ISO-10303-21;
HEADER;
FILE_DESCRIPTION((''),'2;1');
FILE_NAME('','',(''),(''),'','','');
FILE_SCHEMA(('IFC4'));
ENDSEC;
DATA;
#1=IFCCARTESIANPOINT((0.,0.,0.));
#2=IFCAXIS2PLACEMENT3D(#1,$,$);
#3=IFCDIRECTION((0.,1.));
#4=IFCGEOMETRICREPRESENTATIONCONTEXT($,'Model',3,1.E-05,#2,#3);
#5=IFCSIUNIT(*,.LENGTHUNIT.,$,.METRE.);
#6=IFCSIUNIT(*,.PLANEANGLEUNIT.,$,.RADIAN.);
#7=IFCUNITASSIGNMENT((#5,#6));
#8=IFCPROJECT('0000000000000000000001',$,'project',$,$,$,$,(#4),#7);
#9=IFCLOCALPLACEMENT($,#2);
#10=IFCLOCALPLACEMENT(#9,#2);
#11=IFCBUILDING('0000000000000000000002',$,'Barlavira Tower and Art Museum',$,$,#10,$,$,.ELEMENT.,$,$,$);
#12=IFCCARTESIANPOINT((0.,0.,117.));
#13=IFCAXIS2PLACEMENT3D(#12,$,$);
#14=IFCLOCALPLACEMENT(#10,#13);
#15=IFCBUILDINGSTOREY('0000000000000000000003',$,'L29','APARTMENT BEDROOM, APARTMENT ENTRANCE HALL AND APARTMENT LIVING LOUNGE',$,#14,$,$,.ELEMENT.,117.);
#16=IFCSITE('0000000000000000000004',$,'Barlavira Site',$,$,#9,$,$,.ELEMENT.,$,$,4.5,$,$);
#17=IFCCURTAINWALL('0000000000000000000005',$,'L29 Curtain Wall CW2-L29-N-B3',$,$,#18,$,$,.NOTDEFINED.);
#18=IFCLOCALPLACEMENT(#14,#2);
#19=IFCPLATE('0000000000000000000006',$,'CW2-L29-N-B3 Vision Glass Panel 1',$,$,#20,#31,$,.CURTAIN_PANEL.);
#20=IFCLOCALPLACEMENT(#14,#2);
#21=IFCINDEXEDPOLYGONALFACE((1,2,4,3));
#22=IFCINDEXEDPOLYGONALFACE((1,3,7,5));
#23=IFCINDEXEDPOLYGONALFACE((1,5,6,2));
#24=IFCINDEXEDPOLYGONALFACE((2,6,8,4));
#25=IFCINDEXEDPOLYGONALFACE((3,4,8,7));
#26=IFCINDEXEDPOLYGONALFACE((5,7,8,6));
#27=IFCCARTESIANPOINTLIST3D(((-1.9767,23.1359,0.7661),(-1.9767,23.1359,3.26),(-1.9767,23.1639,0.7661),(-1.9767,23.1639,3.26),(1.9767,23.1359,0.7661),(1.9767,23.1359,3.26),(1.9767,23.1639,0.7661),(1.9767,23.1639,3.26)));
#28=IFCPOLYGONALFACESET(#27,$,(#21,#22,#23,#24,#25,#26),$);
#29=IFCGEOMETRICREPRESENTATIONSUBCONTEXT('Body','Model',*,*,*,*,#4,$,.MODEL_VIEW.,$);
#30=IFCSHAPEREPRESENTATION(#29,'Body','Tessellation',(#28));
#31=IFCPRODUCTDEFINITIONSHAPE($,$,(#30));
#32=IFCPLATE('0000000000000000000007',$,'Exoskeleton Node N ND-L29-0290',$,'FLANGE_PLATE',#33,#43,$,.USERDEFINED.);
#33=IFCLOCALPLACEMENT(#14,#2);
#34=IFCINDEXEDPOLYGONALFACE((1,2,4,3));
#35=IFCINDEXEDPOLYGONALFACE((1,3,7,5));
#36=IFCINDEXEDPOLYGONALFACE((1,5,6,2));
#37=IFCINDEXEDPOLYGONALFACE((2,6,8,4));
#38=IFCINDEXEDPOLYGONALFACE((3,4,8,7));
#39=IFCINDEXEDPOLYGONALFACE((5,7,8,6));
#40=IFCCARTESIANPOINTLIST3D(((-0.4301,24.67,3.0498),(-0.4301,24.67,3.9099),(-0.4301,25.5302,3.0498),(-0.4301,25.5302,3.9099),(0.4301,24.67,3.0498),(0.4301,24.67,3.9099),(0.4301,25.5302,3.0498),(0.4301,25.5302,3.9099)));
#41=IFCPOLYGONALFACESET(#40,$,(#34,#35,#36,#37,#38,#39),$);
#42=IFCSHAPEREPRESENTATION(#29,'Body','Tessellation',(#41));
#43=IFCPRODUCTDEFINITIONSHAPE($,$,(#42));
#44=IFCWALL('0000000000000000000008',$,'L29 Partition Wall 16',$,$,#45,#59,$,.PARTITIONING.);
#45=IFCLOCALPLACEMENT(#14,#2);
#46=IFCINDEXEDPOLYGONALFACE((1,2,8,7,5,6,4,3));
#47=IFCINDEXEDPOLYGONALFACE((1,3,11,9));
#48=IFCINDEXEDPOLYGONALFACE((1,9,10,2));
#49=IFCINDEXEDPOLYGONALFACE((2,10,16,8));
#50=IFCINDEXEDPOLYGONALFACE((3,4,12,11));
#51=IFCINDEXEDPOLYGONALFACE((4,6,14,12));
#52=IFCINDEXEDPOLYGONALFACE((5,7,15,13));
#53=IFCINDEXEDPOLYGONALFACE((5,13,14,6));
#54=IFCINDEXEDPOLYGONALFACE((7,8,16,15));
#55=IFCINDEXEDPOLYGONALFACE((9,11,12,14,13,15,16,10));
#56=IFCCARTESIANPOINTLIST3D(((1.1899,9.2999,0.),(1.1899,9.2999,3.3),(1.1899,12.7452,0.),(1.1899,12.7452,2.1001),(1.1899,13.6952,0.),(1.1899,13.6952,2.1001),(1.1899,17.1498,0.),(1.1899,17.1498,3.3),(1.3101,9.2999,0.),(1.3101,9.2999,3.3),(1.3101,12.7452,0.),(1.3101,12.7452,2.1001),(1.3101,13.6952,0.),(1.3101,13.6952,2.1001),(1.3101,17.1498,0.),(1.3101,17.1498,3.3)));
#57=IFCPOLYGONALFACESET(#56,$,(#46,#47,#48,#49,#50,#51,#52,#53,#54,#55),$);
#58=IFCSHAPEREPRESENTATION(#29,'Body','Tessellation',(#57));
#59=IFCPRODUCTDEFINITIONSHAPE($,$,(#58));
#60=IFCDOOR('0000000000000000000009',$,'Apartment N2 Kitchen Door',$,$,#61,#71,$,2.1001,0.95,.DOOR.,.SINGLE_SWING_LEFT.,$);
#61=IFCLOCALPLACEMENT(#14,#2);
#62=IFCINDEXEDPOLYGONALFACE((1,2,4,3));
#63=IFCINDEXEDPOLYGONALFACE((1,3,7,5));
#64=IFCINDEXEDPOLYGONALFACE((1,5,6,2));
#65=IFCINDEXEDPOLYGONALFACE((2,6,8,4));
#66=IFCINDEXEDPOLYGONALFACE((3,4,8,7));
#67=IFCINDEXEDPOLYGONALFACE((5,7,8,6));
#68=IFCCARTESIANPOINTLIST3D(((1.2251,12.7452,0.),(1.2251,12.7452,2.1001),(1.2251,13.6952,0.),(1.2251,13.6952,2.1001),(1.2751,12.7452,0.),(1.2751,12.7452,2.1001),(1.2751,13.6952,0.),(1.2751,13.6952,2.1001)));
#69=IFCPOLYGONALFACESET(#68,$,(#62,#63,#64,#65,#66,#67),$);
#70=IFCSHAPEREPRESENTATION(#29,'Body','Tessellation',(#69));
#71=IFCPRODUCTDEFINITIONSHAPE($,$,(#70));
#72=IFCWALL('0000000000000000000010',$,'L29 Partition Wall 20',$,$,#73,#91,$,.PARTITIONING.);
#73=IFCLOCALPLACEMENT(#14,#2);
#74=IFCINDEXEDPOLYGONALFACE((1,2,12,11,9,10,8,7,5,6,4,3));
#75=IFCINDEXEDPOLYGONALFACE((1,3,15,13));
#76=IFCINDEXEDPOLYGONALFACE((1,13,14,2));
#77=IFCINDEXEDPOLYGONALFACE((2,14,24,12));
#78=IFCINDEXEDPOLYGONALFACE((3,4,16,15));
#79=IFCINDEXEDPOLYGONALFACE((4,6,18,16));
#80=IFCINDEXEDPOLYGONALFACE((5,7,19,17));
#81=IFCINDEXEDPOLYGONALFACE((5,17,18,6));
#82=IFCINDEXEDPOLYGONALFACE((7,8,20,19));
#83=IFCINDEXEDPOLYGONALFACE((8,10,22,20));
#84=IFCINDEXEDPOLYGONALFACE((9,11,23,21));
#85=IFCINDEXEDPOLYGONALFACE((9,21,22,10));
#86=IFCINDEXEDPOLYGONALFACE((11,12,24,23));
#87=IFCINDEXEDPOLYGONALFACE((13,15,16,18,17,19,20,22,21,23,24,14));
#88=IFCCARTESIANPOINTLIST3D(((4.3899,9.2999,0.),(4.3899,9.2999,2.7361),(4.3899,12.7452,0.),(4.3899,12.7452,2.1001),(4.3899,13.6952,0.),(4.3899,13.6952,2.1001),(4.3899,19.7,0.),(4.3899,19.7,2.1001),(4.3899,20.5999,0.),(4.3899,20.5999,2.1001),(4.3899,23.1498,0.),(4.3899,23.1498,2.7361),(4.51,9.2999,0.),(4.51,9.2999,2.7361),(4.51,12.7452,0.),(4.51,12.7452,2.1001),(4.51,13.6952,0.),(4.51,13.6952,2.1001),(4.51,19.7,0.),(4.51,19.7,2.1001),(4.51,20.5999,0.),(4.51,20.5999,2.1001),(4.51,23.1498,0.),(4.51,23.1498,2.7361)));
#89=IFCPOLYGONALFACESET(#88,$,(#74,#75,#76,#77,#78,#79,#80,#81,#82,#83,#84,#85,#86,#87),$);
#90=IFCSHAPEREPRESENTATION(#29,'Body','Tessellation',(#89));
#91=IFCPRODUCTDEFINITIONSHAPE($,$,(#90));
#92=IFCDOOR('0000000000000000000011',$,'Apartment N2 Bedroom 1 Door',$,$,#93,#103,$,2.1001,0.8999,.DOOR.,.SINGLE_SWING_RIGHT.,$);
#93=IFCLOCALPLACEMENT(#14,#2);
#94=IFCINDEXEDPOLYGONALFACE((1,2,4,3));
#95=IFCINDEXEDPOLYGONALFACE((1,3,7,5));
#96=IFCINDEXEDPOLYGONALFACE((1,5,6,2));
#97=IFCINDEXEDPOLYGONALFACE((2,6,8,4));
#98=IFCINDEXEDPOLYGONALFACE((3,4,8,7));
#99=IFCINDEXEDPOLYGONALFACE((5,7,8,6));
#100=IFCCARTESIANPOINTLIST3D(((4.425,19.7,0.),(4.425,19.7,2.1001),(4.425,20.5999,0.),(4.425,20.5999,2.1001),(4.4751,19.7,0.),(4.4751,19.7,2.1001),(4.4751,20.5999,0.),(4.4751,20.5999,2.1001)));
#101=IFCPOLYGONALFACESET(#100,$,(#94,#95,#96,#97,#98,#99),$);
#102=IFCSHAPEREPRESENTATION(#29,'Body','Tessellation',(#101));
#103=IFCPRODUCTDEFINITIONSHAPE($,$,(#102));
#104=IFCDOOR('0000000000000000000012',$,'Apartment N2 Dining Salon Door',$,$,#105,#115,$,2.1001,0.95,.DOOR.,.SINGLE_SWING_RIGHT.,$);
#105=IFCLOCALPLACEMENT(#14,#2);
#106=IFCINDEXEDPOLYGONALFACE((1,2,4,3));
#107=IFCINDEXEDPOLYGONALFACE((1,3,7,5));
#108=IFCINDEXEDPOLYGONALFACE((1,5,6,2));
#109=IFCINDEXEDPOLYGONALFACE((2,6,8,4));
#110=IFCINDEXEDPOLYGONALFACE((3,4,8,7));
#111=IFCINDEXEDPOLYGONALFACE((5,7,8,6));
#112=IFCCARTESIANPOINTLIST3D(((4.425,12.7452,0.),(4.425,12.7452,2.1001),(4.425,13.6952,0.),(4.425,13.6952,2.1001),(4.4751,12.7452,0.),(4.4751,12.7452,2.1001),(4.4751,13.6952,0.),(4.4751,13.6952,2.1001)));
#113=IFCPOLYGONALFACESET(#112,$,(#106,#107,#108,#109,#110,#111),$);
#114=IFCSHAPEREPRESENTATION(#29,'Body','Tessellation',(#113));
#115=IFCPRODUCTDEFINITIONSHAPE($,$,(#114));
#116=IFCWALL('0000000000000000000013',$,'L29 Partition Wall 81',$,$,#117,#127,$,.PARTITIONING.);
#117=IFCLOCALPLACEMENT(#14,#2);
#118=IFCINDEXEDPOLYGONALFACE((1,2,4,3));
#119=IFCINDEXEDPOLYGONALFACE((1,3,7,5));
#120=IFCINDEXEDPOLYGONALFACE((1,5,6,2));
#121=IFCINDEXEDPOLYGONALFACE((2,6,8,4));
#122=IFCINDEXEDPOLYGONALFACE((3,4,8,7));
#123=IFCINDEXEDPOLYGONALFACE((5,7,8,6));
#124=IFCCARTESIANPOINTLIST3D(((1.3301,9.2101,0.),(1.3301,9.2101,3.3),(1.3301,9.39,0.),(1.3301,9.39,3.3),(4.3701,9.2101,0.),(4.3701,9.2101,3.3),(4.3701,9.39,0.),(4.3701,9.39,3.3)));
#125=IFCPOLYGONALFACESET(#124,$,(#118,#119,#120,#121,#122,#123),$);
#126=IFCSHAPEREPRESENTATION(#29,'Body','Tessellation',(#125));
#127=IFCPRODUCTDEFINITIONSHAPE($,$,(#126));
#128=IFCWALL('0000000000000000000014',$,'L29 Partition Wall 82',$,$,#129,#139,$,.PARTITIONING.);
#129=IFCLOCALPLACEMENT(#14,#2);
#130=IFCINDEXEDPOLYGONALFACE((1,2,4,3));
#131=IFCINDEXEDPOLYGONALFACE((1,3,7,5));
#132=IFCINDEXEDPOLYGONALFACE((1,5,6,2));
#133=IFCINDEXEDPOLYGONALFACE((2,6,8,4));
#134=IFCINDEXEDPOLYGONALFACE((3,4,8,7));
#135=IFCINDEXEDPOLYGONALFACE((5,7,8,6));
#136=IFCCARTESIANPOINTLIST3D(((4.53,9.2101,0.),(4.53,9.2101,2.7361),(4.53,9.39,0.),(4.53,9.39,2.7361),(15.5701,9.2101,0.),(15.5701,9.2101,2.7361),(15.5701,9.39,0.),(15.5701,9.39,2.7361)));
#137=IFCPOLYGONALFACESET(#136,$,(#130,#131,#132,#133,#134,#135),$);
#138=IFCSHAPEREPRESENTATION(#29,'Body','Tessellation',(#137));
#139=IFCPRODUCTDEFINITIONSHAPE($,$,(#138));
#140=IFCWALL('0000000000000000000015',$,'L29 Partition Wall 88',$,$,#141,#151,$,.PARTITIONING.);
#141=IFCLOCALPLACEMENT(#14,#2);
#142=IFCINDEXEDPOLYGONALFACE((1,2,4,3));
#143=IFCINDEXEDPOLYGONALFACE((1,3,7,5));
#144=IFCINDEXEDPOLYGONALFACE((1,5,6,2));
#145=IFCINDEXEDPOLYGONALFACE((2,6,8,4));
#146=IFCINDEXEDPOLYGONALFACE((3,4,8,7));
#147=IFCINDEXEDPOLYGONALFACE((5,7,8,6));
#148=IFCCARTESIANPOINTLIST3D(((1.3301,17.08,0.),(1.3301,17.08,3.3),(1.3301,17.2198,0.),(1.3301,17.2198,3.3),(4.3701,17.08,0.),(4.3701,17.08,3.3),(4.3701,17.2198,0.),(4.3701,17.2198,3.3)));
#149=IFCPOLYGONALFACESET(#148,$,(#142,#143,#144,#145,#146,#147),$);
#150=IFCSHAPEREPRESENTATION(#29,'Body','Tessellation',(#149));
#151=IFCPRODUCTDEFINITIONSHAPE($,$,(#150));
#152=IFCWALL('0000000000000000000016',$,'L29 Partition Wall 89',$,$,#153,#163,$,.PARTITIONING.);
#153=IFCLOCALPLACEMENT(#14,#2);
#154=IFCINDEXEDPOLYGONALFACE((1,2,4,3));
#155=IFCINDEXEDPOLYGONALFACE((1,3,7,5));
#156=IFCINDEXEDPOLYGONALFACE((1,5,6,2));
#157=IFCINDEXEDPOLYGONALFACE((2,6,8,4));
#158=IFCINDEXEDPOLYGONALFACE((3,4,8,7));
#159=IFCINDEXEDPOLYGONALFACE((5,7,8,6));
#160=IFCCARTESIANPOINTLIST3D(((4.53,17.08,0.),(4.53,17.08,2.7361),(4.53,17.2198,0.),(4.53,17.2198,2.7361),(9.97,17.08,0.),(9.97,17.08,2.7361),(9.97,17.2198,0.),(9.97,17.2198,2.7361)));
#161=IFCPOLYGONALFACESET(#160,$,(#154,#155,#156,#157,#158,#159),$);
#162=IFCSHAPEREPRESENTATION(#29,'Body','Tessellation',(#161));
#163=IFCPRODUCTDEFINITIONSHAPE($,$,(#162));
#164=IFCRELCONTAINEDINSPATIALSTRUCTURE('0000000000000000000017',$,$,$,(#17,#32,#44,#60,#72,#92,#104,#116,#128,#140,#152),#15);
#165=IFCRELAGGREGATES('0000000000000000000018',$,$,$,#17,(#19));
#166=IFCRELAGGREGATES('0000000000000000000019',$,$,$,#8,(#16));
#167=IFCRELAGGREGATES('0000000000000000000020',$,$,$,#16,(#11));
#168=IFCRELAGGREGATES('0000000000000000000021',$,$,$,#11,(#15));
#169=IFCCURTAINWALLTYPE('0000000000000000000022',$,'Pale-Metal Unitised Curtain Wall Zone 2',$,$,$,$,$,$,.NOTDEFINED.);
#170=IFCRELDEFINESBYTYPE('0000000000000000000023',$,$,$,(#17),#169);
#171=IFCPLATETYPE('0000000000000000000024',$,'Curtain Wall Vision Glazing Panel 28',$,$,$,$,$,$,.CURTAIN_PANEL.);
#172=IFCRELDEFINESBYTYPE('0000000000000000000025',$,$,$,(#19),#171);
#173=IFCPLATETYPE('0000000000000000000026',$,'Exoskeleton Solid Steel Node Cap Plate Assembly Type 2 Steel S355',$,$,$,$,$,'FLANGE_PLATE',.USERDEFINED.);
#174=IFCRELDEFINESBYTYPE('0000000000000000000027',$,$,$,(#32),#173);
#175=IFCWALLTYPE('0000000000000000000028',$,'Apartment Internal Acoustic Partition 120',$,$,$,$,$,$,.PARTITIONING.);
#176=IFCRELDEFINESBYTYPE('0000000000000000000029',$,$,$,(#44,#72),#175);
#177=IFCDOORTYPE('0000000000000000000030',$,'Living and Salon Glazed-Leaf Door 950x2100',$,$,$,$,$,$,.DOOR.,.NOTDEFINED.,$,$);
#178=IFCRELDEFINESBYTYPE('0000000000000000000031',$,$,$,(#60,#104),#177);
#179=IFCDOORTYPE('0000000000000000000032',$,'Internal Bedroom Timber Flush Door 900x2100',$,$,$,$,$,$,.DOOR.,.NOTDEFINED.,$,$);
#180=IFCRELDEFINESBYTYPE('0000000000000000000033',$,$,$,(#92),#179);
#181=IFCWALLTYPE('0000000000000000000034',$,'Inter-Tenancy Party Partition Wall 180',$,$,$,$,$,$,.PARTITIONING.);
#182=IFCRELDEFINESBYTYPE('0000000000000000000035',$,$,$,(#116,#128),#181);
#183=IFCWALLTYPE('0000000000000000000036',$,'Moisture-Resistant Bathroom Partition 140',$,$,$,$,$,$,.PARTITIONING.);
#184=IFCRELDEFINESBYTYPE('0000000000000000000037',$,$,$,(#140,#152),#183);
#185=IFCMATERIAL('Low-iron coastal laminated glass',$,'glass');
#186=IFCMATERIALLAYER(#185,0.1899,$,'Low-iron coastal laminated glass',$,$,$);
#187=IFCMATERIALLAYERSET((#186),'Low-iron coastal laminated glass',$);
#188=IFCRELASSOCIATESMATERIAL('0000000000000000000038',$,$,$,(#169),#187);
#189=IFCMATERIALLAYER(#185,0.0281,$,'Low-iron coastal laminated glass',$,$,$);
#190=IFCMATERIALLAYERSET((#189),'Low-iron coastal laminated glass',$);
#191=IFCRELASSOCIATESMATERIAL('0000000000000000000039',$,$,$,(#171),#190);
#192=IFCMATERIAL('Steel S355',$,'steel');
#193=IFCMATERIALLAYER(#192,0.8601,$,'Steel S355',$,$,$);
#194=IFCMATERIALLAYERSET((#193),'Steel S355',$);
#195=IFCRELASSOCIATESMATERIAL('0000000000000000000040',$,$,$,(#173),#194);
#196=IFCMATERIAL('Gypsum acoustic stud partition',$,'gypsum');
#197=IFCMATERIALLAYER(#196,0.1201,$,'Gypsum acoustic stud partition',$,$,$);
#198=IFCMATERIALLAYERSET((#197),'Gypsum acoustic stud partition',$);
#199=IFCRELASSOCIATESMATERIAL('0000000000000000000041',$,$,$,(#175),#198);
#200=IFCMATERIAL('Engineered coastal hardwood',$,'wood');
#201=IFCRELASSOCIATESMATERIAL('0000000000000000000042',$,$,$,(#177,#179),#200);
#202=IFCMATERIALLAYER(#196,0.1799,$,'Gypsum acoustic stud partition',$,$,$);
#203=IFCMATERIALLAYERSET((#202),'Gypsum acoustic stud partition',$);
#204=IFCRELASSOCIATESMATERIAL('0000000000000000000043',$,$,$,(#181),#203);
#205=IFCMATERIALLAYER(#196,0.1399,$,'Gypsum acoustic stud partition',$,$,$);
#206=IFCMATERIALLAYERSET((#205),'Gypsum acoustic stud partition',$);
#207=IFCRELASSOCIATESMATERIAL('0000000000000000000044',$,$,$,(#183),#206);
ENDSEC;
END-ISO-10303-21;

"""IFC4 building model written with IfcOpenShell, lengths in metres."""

from ifc_helpers import new_model, si_unit, direction, frame, frame_2d, origin, origin_2d, place, context, subcontext, project, spatial, rectangle, extrude, material, layer, layer_set, type_object, element, fill, aggregate, save


model = new_model("IFC4")

# Units and contexts
model_context = context("Model", 3, precision=1e-05, world=origin(), true_north=direction((0.0, 1.0)))
body_context = subcontext(model_context, "Body", "Model", "MODEL_VIEW")
ifc_project = project(units=[si_unit("LENGTHUNIT", "METRE"), si_unit("PLANEANGLEUNIT", "RADIAN")], contexts=[model_context])

# Site, building, storey
site_placement = place(None, origin())
site = spatial("IfcSite", under=ifc_project, at=site_placement, Name="Barlavira Site", CompositionType="ELEMENT", RefElevation=4.5)
building_placement = place(site_placement, origin())
building = spatial("IfcBuilding", under=site, at=building_placement, Name="Barlavira Tower and Art Museum", CompositionType="ELEMENT")
storey_placement = place(building_placement, frame((0.0, 0.0, 117.0)))
storey = spatial("IfcBuildingStorey", under=building, at=storey_placement, Name="L29", Description="APARTMENT BEDROOM, APARTMENT ENTRANCE HALL AND APARTMENT LIVING LOUNGE", CompositionType="ELEMENT", Elevation=117.0)

# Curtain wall
ifc_material_1 = material(Name="Low-iron coastal laminated glass", Category="glass")
ifc_layer_1 = layer(ifc_material_1, 0.1899, Name="Low-iron coastal laminated glass")
ifc_layer_set_1 = layer_set([ifc_layer_1], Name="Low-iron coastal laminated glass")
curtain_wall_type = type_object("IfcCurtainWallType", Name="Pale-Metal Unitised Curtain Wall Zone 2", PredefinedType="NOTDEFINED", material=ifc_layer_set_1)
curtain_wall_placement = place(storey_placement, origin())
curtain_wall = element("IfcCurtainWall", 1, at=curtain_wall_placement, inside=storey, type_object=curtain_wall_type, Name="L29 Curtain Wall CW2-L29-N-B3", PredefinedType="NOTDEFINED")

# Shared definitions
ifc_material_2 = material(Name="Steel S355", Category="steel")

# Plates
ifc_layer_2 = layer(ifc_material_1, 0.0281, Name="Low-iron coastal laminated glass")
ifc_layer_set_2 = layer_set([ifc_layer_2], Name="Low-iron coastal laminated glass")
plate_type_1 = type_object("IfcPlateType", Name="Curtain Wall Vision Glazing Panel 28", PredefinedType="CURTAIN_PANEL", material=ifc_layer_set_2)
plate_1_placement = place(storey_placement, frame((0.0, 23.1499, 0.7661), z_axis=(0.0, 0.0, 1.0), x_axis=(-1.0, 0.0, 0.0)))
plate_1 = element("IfcPlate", 2, at=plate_1_placement, type_object=plate_type_1, Name="CW2-L29-N-B3 Vision Glass Panel 1", PredefinedType="CURTAIN_PANEL", context=body_context, shape_type="SweptSolid", body=[
    extrude(rectangle(XDim=3.9534, YDim=0.0281, at=origin_2d()), origin(), (0.0, 0.0, 1.0), 2.4939),
])
aggregate(curtain_wall, [plate_1])
ifc_layer_3 = layer(ifc_material_2, 0.8601, Name="Steel S355")
ifc_layer_set_3 = layer_set([ifc_layer_3], Name="Steel S355")
plate_type_2 = type_object("IfcPlateType", Name="Exoskeleton Solid Steel Node Cap Plate Assembly Type 2 Steel S355", ElementType="FLANGE_PLATE", PredefinedType="USERDEFINED", material=ifc_layer_set_3)
plate_2_placement = place(storey_placement, frame((0.0, 25.1001, 3.0498), z_axis=(0.0, 0.0, 1.0), x_axis=(1.0, 0.0, 0.0)))
element("IfcPlate", 3, at=plate_2_placement, inside=storey, type_object=plate_type_2, Name="Exoskeleton Node N ND-L29-0290", ObjectType="FLANGE_PLATE", PredefinedType="USERDEFINED", context=body_context, shape_type="SweptSolid", body=[
    extrude(rectangle(XDim=0.8601, YDim=0.8601, at=origin_2d()), origin(), (0.0, 0.0, 1.0), 0.8601),
])

# Wall, opening, door
ifc_material_3 = material(Name="Gypsum acoustic stud partition", Category="gypsum")
ifc_layer_4 = layer(ifc_material_3, 0.1201, Name="Gypsum acoustic stud partition")
ifc_layer_set_4 = layer_set([ifc_layer_4], Name="Gypsum acoustic stud partition")
wall_type_1 = type_object("IfcWallType", Name="Apartment Internal Acoustic Partition 120", PredefinedType="PARTITIONING", material=ifc_layer_set_4)
wall_1_placement = place(storey_placement, frame((1.25, 9.3, 0.0), z_axis=(0.0, 0.0, 1.0), x_axis=(0.0, 1.0, 0.0)))
wall_1 = element("IfcWall", 4, at=wall_1_placement, inside=storey, type_object=wall_type_1, Name="L29 Partition Wall 16", PredefinedType="PARTITIONING", context=body_context, shape_type="SweptSolid", body=[
    extrude(rectangle(XDim=7.8499, YDim=0.1201, at=frame_2d((3.9248, 0.0))), origin(), (0.0, 0.0, 1.0), 3.3),
])
opening_1_placement = place(wall_1_placement, frame((3.4451, 0.0, 0.0)))
opening_1 = element("IfcOpeningElement", 5, at=opening_1_placement, cuts=wall_1, PredefinedType="OPENING", context=body_context, shape_type="SweptSolid", body=[
    extrude(rectangle(XDim=0.95, YDim=2.1001, at=frame_2d((0.4751, 1.05))), frame((0.0, 0.0701, 0.0), z_axis=(0.0, -1.0, 0.0), x_axis=(1.0, 0.0, 0.0)), (0.0, 0.0, 1.0), 0.1401),
])
ifc_material_4 = material(Name="Engineered coastal hardwood", Category="wood")
door_type_1 = type_object("IfcDoorType", Name="Living and Salon Glazed-Leaf Door 950x2100", OperationType="NOTDEFINED", PredefinedType="DOOR", material=ifc_material_4)
door_1_placement = place(opening_1_placement, origin())
door_1 = element("IfcDoor", 6, at=door_1_placement, inside=storey, type_object=door_type_1, Name="Apartment N2 Kitchen Door", OperationType="SINGLE_SWING_LEFT", OverallHeight=2.1001, OverallWidth=0.95, PredefinedType="DOOR", context=body_context, shape_type="SweptSolid", body=[
    extrude(rectangle(XDim=0.95, YDim=2.1001, at=frame_2d((0.4751, 1.05))), frame((0.0, 0.0249, 0.0), z_axis=(0.0, -1.0, 0.0), x_axis=(1.0, 0.0, 0.0)), (0.0, 0.0, 1.0), 0.05),
])
fill(opening_1, door_1)

# Wall, openings, doors
wall_2_placement = place(storey_placement, frame((4.45, 9.3, 0.0), z_axis=(0.0, 0.0, 1.0), x_axis=(0.0, 1.0, 0.0)))
wall_2 = element("IfcWall", 7, at=wall_2_placement, inside=storey, type_object=wall_type_1, Name="L29 Partition Wall 20", PredefinedType="PARTITIONING", context=body_context, shape_type="SweptSolid", body=[
    extrude(rectangle(XDim=13.8499, YDim=0.1201, at=frame_2d((6.9248, 0.0))), origin(), (0.0, 0.0, 1.0), 2.7361),
])
opening_2_placement = place(wall_2_placement, frame((3.4451, 0.0, 0.0)))
opening_2 = element("IfcOpeningElement", 8, at=opening_2_placement, cuts=wall_2, PredefinedType="OPENING", context=body_context, shape_type="SweptSolid", body=[
    extrude(rectangle(XDim=0.95, YDim=2.1001, at=frame_2d((0.4751, 1.05))), frame((0.0, 0.0701, 0.0), z_axis=(0.0, -1.0, 0.0), x_axis=(1.0, 0.0, 0.0)), (0.0, 0.0, 1.0), 0.1401),
])
opening_3_placement = place(wall_2_placement, frame((10.3999, 0.0, 0.0)))
opening_3 = element("IfcOpeningElement", 9, at=opening_3_placement, cuts=wall_2, PredefinedType="OPENING", context=body_context, shape_type="SweptSolid", body=[
    extrude(rectangle(XDim=0.8999, YDim=2.1001, at=frame_2d((0.45, 1.05))), frame((0.0, 0.0701, 0.0), z_axis=(0.0, -1.0, 0.0), x_axis=(1.0, 0.0, 0.0)), (0.0, 0.0, 1.0), 0.1401),
])
door_type_2 = type_object("IfcDoorType", Name="Internal Bedroom Timber Flush Door 900x2100", OperationType="NOTDEFINED", PredefinedType="DOOR", material=ifc_material_4)
door_2_placement = place(opening_3_placement, origin())
door_2 = element("IfcDoor", 10, at=door_2_placement, inside=storey, type_object=door_type_2, Name="Apartment N2 Bedroom 1 Door", OperationType="SINGLE_SWING_RIGHT", OverallHeight=2.1001, OverallWidth=0.8999, PredefinedType="DOOR", context=body_context, shape_type="SweptSolid", body=[
    extrude(rectangle(XDim=0.8999, YDim=2.1001, at=frame_2d((0.45, 1.05))), frame((0.0, 0.0249, 0.0), z_axis=(0.0, -1.0, 0.0), x_axis=(1.0, 0.0, 0.0)), (0.0, 0.0, 1.0), 0.05),
])
fill(opening_3, door_2)
door_3_placement = place(opening_2_placement, origin())
door_3 = element("IfcDoor", 11, at=door_3_placement, inside=storey, type_object=door_type_1, Name="Apartment N2 Dining Salon Door", OperationType="SINGLE_SWING_RIGHT", OverallHeight=2.1001, OverallWidth=0.95, PredefinedType="DOOR", context=body_context, shape_type="SweptSolid", body=[
    extrude(rectangle(XDim=0.95, YDim=2.1001, at=frame_2d((0.4751, 1.05))), frame((0.0, 0.0249, 0.0), z_axis=(0.0, -1.0, 0.0), x_axis=(1.0, 0.0, 0.0)), (0.0, 0.0, 1.0), 0.05),
])
fill(opening_2, door_3)

# Walls
ifc_layer_5 = layer(ifc_material_3, 0.1799, Name="Gypsum acoustic stud partition")
ifc_layer_set_5 = layer_set([ifc_layer_5], Name="Gypsum acoustic stud partition")
wall_type_2 = type_object("IfcWallType", Name="Inter-Tenancy Party Partition Wall 180", PredefinedType="PARTITIONING", material=ifc_layer_set_5)
wall_3_placement = place(storey_placement, frame((1.3301, 9.3, 0.0), z_axis=(0.0, 0.0, 1.0), x_axis=(1.0, 0.0, 0.0)))
element("IfcWall", 12, at=wall_3_placement, inside=storey, type_object=wall_type_2, Name="L29 Partition Wall 81", PredefinedType="PARTITIONING", context=body_context, shape_type="SweptSolid", body=[
    extrude(rectangle(XDim=3.04, YDim=0.1799, at=frame_2d((1.52, 0.0))), origin(), (0.0, 0.0, 1.0), 3.3),
])
wall_4_placement = place(storey_placement, frame((4.53, 9.3, 0.0), z_axis=(0.0, 0.0, 1.0), x_axis=(1.0, 0.0, 0.0)))
element("IfcWall", 13, at=wall_4_placement, inside=storey, type_object=wall_type_2, Name="L29 Partition Wall 82", PredefinedType="PARTITIONING", context=body_context, shape_type="SweptSolid", body=[
    extrude(rectangle(XDim=11.04, YDim=0.1799, at=frame_2d((5.52, 0.0))), origin(), (0.0, 0.0, 1.0), 2.7361),
])
ifc_layer_6 = layer(ifc_material_3, 0.1399, Name="Gypsum acoustic stud partition")
ifc_layer_set_6 = layer_set([ifc_layer_6], Name="Gypsum acoustic stud partition")
wall_type_3 = type_object("IfcWallType", Name="Moisture-Resistant Bathroom Partition 140", PredefinedType="PARTITIONING", material=ifc_layer_set_6)
wall_5_placement = place(storey_placement, frame((1.3301, 17.1499, 0.0), z_axis=(0.0, 0.0, 1.0), x_axis=(1.0, 0.0, 0.0)))
element("IfcWall", 14, at=wall_5_placement, inside=storey, type_object=wall_type_3, Name="L29 Partition Wall 88", PredefinedType="PARTITIONING", context=body_context, shape_type="SweptSolid", body=[
    extrude(rectangle(XDim=3.04, YDim=0.1399, at=frame_2d((1.52, 0.0))), origin(), (0.0, 0.0, 1.0), 3.3),
])
wall_6_placement = place(storey_placement, frame((4.53, 17.1499, 0.0), z_axis=(0.0, 0.0, 1.0), x_axis=(1.0, 0.0, 0.0)))
element("IfcWall", 15, at=wall_6_placement, inside=storey, type_object=wall_type_3, Name="L29 Partition Wall 89", PredefinedType="PARTITIONING", context=body_context, shape_type="SweptSolid", body=[
    extrude(rectangle(XDim=5.4399, YDim=0.1399, at=frame_2d((2.72, 0.0))), origin(), (0.0, 0.0, 1.0), 2.7361),
])

save(model, "model.ifc")
